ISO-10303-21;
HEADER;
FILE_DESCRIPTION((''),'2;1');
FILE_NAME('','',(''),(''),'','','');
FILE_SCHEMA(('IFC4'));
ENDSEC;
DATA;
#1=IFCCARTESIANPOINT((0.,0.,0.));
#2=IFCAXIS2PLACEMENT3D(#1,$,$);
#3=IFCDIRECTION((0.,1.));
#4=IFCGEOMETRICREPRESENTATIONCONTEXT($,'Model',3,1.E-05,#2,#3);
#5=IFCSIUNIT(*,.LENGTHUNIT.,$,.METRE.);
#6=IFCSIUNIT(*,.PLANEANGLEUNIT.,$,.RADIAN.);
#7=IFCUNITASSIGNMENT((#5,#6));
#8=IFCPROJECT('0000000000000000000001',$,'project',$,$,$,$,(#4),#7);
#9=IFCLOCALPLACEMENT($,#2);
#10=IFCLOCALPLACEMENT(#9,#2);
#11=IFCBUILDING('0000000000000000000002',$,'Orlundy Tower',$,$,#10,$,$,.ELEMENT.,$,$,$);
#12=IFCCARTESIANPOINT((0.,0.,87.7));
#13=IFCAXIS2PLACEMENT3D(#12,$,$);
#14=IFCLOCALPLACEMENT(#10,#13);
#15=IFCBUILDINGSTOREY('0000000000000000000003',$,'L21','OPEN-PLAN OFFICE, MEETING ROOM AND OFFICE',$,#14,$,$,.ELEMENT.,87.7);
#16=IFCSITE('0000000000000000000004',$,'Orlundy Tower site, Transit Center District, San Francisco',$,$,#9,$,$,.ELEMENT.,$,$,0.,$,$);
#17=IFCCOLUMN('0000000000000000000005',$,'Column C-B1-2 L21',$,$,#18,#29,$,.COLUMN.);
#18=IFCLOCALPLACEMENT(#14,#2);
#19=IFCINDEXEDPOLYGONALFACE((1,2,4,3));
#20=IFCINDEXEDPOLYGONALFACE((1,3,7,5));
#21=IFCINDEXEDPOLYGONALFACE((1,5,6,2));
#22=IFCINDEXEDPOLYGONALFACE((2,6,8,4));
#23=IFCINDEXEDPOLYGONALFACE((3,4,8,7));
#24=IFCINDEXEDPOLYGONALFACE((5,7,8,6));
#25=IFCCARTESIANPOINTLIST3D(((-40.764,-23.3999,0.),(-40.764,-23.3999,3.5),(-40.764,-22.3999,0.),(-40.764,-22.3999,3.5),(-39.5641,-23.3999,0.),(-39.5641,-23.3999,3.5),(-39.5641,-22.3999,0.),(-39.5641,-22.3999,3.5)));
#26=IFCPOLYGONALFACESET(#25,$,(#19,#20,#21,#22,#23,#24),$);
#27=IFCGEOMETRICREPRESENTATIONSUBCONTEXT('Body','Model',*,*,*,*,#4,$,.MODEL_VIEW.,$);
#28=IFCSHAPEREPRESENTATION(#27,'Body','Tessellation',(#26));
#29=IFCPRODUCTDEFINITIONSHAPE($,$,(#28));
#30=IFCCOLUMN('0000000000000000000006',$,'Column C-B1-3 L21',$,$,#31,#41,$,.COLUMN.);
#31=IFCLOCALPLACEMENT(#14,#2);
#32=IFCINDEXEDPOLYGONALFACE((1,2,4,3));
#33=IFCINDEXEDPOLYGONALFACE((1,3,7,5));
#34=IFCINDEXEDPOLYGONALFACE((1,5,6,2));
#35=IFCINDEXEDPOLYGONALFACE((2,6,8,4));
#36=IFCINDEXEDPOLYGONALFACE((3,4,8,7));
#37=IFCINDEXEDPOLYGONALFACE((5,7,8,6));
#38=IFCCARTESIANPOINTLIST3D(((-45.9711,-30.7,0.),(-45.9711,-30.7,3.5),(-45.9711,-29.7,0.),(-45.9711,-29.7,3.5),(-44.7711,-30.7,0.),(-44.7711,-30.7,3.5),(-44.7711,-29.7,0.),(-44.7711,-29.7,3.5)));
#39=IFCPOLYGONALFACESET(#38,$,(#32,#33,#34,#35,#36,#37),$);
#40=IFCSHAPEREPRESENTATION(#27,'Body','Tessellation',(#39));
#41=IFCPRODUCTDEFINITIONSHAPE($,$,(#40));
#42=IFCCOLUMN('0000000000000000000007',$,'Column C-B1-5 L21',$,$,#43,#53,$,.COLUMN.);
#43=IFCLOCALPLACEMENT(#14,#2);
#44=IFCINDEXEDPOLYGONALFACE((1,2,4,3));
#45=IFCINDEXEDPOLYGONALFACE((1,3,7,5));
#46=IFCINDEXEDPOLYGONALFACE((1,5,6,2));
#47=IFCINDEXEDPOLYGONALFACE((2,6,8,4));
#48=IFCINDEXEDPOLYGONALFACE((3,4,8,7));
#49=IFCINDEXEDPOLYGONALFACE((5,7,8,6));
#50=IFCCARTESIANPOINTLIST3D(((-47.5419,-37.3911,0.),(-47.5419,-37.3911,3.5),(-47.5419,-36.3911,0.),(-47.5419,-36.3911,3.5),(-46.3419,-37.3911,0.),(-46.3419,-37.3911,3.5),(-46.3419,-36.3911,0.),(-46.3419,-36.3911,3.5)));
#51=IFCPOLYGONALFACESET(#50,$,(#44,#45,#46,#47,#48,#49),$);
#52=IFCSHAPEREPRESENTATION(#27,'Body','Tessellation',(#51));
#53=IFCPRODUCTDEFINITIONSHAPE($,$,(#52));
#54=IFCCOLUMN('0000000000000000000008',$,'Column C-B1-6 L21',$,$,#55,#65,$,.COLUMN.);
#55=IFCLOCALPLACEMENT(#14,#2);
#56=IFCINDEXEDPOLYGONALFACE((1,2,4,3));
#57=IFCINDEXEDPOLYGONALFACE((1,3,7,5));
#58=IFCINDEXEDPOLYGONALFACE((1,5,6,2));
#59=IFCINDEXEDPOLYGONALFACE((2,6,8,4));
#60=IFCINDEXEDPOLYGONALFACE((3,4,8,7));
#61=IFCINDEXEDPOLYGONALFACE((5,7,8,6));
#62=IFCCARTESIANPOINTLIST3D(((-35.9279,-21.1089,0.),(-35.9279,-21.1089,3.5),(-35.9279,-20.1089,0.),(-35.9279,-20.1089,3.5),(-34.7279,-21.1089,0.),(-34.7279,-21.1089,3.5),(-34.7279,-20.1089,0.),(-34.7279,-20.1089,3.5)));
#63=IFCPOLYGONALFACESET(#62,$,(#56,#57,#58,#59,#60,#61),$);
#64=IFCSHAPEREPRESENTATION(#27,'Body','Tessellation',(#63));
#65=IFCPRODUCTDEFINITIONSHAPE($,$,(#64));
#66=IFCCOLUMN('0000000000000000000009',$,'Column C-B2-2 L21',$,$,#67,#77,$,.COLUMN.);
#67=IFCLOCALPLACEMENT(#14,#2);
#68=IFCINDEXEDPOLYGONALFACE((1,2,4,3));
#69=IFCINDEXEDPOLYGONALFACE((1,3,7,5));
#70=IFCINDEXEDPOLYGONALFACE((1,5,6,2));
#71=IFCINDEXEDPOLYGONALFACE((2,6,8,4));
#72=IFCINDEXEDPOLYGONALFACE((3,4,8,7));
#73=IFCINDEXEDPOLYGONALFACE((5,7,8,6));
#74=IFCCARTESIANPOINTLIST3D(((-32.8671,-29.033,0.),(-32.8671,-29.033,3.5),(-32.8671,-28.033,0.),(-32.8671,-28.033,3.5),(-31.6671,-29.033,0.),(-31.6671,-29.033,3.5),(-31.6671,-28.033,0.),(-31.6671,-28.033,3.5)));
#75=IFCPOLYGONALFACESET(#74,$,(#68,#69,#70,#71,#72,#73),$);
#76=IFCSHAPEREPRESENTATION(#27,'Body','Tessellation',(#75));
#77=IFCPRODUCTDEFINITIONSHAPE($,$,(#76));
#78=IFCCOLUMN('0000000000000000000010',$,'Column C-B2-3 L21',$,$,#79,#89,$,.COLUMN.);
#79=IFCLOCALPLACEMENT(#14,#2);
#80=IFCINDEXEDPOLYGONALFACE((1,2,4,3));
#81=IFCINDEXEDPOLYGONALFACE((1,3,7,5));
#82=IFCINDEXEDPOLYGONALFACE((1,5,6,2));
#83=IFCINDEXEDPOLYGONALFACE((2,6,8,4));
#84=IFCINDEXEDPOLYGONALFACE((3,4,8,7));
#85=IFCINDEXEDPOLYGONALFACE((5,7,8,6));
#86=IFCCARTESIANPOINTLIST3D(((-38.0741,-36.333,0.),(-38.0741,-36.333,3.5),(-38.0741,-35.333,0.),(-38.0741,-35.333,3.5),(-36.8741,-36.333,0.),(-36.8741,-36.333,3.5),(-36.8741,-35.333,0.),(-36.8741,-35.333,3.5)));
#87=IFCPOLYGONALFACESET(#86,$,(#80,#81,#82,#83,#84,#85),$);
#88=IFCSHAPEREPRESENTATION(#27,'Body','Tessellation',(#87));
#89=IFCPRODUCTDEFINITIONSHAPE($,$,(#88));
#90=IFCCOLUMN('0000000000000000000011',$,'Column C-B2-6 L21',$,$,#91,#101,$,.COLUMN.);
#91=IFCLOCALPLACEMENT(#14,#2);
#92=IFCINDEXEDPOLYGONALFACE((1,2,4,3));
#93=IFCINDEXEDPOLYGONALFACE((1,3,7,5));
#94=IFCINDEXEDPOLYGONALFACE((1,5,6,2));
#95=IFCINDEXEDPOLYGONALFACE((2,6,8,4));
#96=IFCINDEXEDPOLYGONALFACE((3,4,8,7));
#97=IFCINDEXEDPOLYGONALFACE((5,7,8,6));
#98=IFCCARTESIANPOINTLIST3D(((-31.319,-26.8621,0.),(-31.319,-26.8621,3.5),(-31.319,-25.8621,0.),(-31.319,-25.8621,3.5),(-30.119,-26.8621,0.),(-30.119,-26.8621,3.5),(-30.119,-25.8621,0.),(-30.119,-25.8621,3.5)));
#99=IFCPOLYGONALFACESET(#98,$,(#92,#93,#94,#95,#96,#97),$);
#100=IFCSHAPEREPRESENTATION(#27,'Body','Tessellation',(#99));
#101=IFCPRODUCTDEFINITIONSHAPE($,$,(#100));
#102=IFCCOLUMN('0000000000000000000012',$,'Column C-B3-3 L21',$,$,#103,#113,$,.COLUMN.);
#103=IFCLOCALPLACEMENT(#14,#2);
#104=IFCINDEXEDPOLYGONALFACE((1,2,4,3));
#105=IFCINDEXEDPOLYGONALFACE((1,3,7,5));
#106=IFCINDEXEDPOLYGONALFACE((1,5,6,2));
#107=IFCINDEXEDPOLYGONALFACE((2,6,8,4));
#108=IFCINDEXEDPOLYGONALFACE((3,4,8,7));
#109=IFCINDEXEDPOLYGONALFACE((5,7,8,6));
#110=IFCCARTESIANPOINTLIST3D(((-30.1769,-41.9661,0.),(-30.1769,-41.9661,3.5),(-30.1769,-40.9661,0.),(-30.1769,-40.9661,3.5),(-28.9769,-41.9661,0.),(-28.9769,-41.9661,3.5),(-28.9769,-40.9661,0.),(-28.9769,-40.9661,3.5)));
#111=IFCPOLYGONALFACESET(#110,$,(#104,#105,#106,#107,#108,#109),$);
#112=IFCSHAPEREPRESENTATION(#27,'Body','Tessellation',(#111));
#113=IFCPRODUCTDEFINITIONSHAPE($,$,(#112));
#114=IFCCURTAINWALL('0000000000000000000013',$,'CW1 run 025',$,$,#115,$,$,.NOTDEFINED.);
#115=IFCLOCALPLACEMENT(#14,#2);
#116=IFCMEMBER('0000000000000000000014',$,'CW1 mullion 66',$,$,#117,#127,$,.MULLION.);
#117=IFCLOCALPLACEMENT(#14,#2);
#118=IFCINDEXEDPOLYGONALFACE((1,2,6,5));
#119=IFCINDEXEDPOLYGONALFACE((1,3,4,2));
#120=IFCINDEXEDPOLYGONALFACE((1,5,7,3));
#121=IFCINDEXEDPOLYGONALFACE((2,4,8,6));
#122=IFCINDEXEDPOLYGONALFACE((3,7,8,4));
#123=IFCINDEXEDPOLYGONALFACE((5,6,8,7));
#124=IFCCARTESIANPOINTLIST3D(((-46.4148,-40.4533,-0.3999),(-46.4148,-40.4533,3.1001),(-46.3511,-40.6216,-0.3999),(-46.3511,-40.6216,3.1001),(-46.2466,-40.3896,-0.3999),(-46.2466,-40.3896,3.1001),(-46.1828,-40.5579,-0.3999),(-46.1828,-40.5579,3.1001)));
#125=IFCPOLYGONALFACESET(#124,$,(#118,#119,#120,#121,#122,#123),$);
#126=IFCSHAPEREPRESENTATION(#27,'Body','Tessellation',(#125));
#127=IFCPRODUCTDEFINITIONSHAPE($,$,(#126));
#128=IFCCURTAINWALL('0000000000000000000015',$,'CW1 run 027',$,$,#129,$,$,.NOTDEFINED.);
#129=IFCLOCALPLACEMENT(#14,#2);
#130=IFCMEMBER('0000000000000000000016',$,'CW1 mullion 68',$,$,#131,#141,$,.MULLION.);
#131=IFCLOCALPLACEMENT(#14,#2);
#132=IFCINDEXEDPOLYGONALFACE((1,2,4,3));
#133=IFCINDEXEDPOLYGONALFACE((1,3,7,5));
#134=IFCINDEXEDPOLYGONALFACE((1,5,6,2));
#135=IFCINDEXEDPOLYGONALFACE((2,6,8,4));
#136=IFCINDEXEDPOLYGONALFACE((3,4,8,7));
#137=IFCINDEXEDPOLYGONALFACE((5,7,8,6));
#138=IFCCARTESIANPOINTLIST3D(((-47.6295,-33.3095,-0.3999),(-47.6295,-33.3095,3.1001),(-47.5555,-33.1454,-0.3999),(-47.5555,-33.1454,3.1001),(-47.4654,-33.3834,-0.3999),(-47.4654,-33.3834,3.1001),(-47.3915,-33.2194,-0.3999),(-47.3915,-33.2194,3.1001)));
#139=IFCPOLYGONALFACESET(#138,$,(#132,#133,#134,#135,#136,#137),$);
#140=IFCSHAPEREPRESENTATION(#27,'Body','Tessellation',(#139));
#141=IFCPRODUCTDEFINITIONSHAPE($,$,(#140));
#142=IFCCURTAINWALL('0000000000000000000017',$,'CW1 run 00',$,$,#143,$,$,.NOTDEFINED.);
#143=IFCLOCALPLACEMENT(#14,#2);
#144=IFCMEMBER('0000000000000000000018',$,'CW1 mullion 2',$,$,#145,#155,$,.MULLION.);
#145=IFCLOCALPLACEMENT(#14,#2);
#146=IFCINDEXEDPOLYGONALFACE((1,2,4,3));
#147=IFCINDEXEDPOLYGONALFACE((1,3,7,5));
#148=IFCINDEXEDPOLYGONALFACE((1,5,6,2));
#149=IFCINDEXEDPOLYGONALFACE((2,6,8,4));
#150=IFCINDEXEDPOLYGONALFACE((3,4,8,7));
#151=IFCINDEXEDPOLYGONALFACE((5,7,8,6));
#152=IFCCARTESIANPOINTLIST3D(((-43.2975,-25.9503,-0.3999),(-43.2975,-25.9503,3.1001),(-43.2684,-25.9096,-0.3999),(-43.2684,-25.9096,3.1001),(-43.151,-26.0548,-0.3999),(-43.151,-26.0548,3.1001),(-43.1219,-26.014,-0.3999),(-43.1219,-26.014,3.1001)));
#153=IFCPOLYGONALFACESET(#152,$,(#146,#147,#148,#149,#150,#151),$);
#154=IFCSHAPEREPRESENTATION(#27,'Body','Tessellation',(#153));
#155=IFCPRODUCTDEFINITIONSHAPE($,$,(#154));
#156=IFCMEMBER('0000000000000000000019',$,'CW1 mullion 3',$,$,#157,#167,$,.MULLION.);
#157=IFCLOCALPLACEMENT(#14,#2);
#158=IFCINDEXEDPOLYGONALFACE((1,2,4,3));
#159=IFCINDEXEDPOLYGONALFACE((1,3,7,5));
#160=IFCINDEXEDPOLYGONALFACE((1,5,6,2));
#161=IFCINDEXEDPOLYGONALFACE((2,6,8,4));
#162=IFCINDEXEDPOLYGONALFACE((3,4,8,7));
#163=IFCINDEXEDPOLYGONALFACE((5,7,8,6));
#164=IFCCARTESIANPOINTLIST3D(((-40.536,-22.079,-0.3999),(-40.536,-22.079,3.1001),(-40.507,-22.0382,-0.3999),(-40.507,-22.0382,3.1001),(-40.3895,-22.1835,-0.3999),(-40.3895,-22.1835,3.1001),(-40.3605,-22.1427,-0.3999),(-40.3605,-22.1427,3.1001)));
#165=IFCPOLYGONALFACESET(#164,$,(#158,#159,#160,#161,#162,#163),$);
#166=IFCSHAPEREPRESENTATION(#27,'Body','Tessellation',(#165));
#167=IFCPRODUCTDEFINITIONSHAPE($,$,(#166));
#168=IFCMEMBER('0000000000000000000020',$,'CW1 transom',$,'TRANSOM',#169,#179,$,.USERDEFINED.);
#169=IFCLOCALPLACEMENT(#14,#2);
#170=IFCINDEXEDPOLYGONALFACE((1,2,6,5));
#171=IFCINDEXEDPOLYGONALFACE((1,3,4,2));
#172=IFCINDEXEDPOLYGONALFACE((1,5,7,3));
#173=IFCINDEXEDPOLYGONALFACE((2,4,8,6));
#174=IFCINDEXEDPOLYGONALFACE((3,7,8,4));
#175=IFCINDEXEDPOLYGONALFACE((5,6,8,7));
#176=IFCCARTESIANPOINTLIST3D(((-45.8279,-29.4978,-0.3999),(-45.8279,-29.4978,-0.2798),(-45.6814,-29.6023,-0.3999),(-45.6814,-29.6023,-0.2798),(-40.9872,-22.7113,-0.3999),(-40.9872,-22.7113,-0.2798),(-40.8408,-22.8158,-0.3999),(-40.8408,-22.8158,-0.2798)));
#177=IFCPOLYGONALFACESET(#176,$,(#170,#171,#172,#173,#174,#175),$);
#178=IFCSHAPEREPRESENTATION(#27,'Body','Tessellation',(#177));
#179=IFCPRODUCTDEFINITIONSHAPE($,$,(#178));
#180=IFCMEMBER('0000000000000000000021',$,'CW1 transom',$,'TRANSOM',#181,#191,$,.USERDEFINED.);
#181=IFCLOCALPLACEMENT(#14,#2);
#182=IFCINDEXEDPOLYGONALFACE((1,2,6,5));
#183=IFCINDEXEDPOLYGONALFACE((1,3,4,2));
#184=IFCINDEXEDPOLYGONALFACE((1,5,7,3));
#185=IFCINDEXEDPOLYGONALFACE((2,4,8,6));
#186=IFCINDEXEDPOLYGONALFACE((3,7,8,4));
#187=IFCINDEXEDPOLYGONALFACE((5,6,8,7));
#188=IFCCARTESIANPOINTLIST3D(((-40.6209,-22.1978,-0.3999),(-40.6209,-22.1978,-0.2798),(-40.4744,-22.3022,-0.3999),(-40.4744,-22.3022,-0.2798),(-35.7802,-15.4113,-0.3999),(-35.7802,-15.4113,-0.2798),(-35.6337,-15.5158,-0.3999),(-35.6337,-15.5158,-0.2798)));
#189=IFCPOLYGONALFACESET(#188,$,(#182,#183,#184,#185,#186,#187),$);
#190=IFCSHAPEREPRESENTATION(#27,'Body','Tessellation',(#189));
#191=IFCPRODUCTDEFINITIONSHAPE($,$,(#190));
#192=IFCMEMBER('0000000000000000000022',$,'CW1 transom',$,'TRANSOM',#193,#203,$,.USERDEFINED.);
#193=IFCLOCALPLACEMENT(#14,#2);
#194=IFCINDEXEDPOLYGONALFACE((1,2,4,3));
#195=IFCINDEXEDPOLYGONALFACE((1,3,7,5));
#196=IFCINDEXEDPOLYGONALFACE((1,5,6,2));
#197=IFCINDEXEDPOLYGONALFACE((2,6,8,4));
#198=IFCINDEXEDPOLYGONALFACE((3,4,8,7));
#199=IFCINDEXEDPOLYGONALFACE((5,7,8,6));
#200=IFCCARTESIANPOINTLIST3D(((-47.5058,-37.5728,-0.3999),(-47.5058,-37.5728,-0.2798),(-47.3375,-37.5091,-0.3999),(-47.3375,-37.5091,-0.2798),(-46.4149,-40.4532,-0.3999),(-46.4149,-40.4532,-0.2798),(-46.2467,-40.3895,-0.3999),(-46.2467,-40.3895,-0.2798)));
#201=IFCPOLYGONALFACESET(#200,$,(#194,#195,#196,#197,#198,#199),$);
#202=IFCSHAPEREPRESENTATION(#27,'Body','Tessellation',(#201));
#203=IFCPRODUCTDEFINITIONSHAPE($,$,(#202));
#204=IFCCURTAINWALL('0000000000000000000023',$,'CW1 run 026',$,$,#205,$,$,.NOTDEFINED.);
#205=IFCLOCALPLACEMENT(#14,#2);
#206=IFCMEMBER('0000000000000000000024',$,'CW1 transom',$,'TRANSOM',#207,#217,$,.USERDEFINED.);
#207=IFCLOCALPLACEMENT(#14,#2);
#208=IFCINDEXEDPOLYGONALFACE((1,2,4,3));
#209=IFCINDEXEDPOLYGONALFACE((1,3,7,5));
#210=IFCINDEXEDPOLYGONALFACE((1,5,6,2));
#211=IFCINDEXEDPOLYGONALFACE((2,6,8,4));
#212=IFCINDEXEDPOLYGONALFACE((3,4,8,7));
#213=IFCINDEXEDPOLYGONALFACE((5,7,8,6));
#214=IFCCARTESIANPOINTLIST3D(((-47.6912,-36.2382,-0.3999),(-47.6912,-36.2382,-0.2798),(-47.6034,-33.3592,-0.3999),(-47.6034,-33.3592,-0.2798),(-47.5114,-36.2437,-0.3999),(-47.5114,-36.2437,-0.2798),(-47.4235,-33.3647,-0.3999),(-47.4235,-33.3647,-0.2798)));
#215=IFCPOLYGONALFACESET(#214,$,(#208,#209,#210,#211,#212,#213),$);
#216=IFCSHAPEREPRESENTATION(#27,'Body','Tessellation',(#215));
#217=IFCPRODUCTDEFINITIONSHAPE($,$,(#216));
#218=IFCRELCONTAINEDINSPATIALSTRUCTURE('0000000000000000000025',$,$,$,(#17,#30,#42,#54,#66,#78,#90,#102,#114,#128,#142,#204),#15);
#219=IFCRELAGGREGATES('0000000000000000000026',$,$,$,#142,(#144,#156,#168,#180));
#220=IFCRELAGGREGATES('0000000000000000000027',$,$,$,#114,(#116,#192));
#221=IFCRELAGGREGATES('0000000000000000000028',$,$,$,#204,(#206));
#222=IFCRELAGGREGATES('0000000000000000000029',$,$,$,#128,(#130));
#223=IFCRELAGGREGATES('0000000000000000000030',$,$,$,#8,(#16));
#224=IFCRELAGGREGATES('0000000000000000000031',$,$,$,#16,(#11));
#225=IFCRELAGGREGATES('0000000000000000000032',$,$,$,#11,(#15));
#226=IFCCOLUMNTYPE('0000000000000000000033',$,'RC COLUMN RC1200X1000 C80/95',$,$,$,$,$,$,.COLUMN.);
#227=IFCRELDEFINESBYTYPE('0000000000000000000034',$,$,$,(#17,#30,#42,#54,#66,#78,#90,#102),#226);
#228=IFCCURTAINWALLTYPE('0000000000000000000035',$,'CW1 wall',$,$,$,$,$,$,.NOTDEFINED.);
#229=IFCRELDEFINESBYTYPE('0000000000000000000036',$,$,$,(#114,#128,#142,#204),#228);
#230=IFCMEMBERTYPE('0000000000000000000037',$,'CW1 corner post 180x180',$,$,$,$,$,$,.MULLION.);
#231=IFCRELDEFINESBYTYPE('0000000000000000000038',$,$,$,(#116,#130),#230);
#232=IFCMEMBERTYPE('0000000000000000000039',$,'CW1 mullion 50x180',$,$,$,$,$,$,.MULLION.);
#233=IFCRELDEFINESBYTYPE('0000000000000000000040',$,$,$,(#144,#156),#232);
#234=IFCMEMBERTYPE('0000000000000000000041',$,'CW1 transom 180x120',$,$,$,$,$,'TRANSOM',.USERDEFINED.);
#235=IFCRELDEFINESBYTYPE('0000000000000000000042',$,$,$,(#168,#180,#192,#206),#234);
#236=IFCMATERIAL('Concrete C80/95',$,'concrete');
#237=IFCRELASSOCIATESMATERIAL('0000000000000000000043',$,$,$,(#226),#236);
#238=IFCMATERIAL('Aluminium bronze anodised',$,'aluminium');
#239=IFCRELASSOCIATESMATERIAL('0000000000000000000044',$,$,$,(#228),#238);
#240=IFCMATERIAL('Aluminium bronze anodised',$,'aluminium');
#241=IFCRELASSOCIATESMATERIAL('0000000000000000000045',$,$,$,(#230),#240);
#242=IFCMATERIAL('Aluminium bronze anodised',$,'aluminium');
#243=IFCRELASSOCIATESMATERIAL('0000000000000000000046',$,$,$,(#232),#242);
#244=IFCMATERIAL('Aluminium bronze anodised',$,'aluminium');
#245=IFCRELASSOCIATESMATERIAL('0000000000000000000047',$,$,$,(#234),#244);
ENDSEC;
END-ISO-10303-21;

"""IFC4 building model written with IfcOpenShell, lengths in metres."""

from ifc_helpers import new_model, si_unit, direction, frame, origin, origin_2d, place, context, subcontext, project, spatial, rectangle, extrude, material, material_profile, profile_set, type_object, element, aggregate, save


model = new_model("IFC4")

# Units and contexts
model_context = context("Model", 3, precision=1e-05, world=origin(), true_north=direction((0.0, 1.0)))
body_context = subcontext(model_context, "Body", "Model", "MODEL_VIEW")
ifc_project = project(units=[si_unit("LENGTHUNIT", "METRE"), si_unit("PLANEANGLEUNIT", "RADIAN")], contexts=[model_context])

# Site, building, storey
site_placement = place(None, origin())
site = spatial("IfcSite", under=ifc_project, at=site_placement, Name="Orlundy Tower site, Transit Center District, San Francisco", CompositionType="ELEMENT", RefElevation=0.0)
building_placement = place(site_placement, origin())
building = spatial("IfcBuilding", under=site, at=building_placement, Name="Orlundy Tower", CompositionType="ELEMENT")
storey_placement = place(building_placement, frame((0.0, 0.0, 87.7)))
storey = spatial("IfcBuildingStorey", under=building, at=storey_placement, Name="L21", Description="OPEN-PLAN OFFICE, MEETING ROOM AND OFFICE", CompositionType="ELEMENT", Elevation=87.7)

# Columns
ifc_material_1 = material(Name="Concrete C80/95", Category="concrete")
ifc_material_profile_1 = material_profile(ifc_material_1, rectangle(XDim=1.2, YDim=1.0, at=origin_2d()), Name="RC1200X1000")
ifc_profile_set_1 = profile_set([ifc_material_profile_1], Name="Concrete C80/95")
column_type = type_object("IfcColumnType", Name="RC COLUMN RC1200X1000 C80/95", PredefinedType="COLUMN", material=ifc_profile_set_1)
for number, where, z_axis, x_axis, name in (
    (1, (-40.1641, -22.8999, 0.0), (0.0, 0.0, 1.0), (1.0, 0.0, 0.0), "Column C-B1-2 L21"),
    (2, (-45.3711, -30.2, 0.0), (0.0, 0.0, 1.0), (1.0, 0.0, 0.0), "Column C-B1-3 L21"),
    (3, (-46.9419, -36.8911, 0.0), (0.0, 0.0, 1.0), (1.0, 0.0, 0.0), "Column C-B1-5 L21"),
    (4, (-35.3279, -20.6089, 0.0), (0.0, 0.0, 1.0), (1.0, 0.0, 0.0), "Column C-B1-6 L21"),
    (5, (-32.2671, -28.533, 0.0), (0.0, 0.0, 1.0), (1.0, 0.0, 0.0), "Column C-B2-2 L21"),
    (6, (-37.4741, -35.833, 0.0), (0.0, 0.0, 1.0), (1.0, 0.0, 0.0), "Column C-B2-3 L21"),
    (7, (-30.719, -26.3621, 0.0), (0.0, 0.0, 1.0), (1.0, 0.0, 0.0), "Column C-B2-6 L21"),
    (8, (-29.5769, -41.4661, 0.0), (0.0, 0.0, 1.0), (1.0, 0.0, 0.0), "Column C-B3-3 L21"),
):
    element("IfcColumn", number, at=place(storey_placement, frame(where, z_axis=z_axis, x_axis=x_axis)), inside=storey, type_object=column_type, Name=name, PredefinedType="COLUMN", context=body_context, shape_type="SweptSolid", body=[
        extrude(rectangle(XDim=1.2, YDim=1.0, at=origin_2d()), origin(), (0.0, 0.0, 1.0), 3.5),
    ])

# Curtain walls, members
ifc_material_2 = material(Name="Aluminium bronze anodised", Category="aluminium")
curtain_wall_type = type_object("IfcCurtainWallType", Name="CW1 wall", PredefinedType="NOTDEFINED", material=ifc_material_2)
curtain_wall_1_placement = place(storey_placement, origin())
curtain_wall_1 = element("IfcCurtainWall", 9, at=curtain_wall_1_placement, inside=storey, type_object=curtain_wall_type, Name="CW1 run 025", PredefinedType="NOTDEFINED")
ifc_material_3 = material(Name="Aluminium bronze anodised", Category="aluminium")
ifc_material_profile_2 = material_profile(ifc_material_3, rectangle(XDim=0.1799, YDim=0.1799, at=origin_2d()), Name="CW1 corner post 180x180")
ifc_profile_set_2 = profile_set([ifc_material_profile_2], Name="Aluminium bronze anodised")
member_type_1 = type_object("IfcMemberType", Name="CW1 corner post 180x180", PredefinedType="MULLION", material=ifc_profile_set_2)
member_1_placement = place(storey_placement, frame((-46.2988, -40.5056, -0.3999), z_axis=(0.0, 0.0, 1.0), x_axis=(-0.935182, -0.354166, 0.0)))
member_1 = element("IfcMember", 10, at=member_1_placement, type_object=member_type_1, Name="CW1 mullion 66", PredefinedType="MULLION", context=body_context, shape_type="SweptSolid", body=[
    extrude(rectangle(XDim=0.1799, YDim=0.1799, at=origin_2d()), origin(), (0.0, 0.0, 1.0), 3.5),
])
curtain_wall_2_placement = place(storey_placement, origin())
curtain_wall_2 = element("IfcCurtainWall", 11, at=curtain_wall_2_placement, inside=storey, type_object=curtain_wall_type, Name="CW1 run 027", PredefinedType="NOTDEFINED")
member_2_placement = place(storey_placement, frame((-47.5105, -33.2644, -0.3999), z_axis=(0.0, 0.0, 1.0), x_axis=(-0.911674, 0.410914, 0.0)))
member_2 = element("IfcMember", 12, at=member_2_placement, type_object=member_type_1, Name="CW1 mullion 68", PredefinedType="MULLION", context=body_context, shape_type="SweptSolid", body=[
    extrude(rectangle(XDim=0.1799, YDim=0.1799, at=origin_2d()), origin(), (0.0, 0.0, 1.0), 3.5),
])

# Curtain wall, members
curtain_wall_3_placement = place(storey_placement, origin())
curtain_wall_3 = element("IfcCurtainWall", 13, at=curtain_wall_3_placement, inside=storey, type_object=curtain_wall_type, Name="CW1 run 00", PredefinedType="NOTDEFINED")
ifc_material_4 = material(Name="Aluminium bronze anodised", Category="aluminium")
ifc_material_profile_3 = material_profile(ifc_material_4, rectangle(XDim=0.1799, YDim=0.05, at=origin_2d()), Name="CW1 mullion 50x180")
ifc_profile_set_3 = profile_set([ifc_material_profile_3], Name="Aluminium bronze anodised")
member_type_2 = type_object("IfcMemberType", Name="CW1 mullion 50x180", PredefinedType="MULLION", material=ifc_profile_set_3)
member_3_placement = place(storey_placement, frame((-43.2097, -25.9822, -0.3999), z_axis=(0.0, 0.0, 1.0), x_axis=(-0.814117, 0.580701, 0.0)))
member_3 = element("IfcMember", 14, at=member_3_placement, type_object=member_type_2, Name="CW1 mullion 2", PredefinedType="MULLION", context=body_context, shape_type="SweptSolid", body=[
    extrude(rectangle(XDim=0.1799, YDim=0.05, at=origin_2d()), origin(), (0.0, 0.0, 1.0), 3.5),
])
member_4_placement = place(storey_placement, frame((-40.4482, -22.1108, -0.3999), z_axis=(0.0, 0.0, 1.0), x_axis=(-0.814117, 0.580701, 0.0)))
member_4 = element("IfcMember", 15, at=member_4_placement, type_object=member_type_2, Name="CW1 mullion 3", PredefinedType="MULLION", context=body_context, shape_type="SweptSolid", body=[
    extrude(rectangle(XDim=0.1799, YDim=0.05, at=origin_2d()), origin(), (0.0, 0.0, 1.0), 3.5),
])
ifc_material_5 = material(Name="Aluminium bronze anodised", Category="aluminium")
ifc_material_profile_4 = material_profile(ifc_material_5, rectangle(XDim=0.1799, YDim=0.1201, at=origin_2d()), Name="CW1 transom 180x120")
ifc_profile_set_4 = profile_set([ifc_material_profile_4], Name="Aluminium bronze anodised")
member_type_3 = type_object("IfcMemberType", Name="CW1 transom 180x120", ElementType="TRANSOM", PredefinedType="USERDEFINED", material=ifc_profile_set_4)
member_5_placement = place(storey_placement, frame((-45.7546, -29.55, -0.3398), z_axis=(0.580695, 0.814121, 0.0), x_axis=(-0.814121, 0.580695, 0.0)))
member_5 = element("IfcMember", 16, at=member_5_placement, type_object=member_type_3, Name="CW1 transom", ObjectType="TRANSOM", PredefinedType="USERDEFINED", context=body_context, shape_type="SweptSolid", body=[
    extrude(rectangle(XDim=0.1799, YDim=0.1201, at=origin_2d()), origin(), (0.0, 0.0, 1.0), 8.3359),
])
member_6_placement = place(storey_placement, frame((-40.5476, -22.25, -0.3398), z_axis=(0.580695, 0.814121, 0.0), x_axis=(-0.814121, 0.580695, 0.0)))
member_6 = element("IfcMember", 17, at=member_6_placement, type_object=member_type_3, Name="CW1 transom", ObjectType="TRANSOM", PredefinedType="USERDEFINED", context=body_context, shape_type="SweptSolid", body=[
    extrude(rectangle(XDim=0.1799, YDim=0.1201, at=origin_2d()), origin(), (0.0, 0.0, 1.0), 8.3359),
])

# Member
member_7_placement = place(storey_placement, frame((-46.3308, -40.4214, -0.3398), z_axis=(-0.354162, 0.935184, 0.0), x_axis=(-0.935184, -0.354162, 0.0)))
member_7 = element("IfcMember", 18, at=member_7_placement, type_object=member_type_3, Name="CW1 transom", ObjectType="TRANSOM", PredefinedType="USERDEFINED", context=body_context, shape_type="SweptSolid", body=[
    extrude(rectangle(XDim=0.1799, YDim=0.1201, at=origin_2d()), origin(), (0.0, 0.0, 1.0), 3.0801),
])

# Curtain wall, member
curtain_wall_4_placement = place(storey_placement, origin())
curtain_wall_4 = element("IfcCurtainWall", 19, at=curtain_wall_4_placement, inside=storey, type_object=curtain_wall_type, Name="CW1 run 026", PredefinedType="NOTDEFINED")
member_8_placement = place(storey_placement, frame((-47.6013, -36.241, -0.3398), z_axis=(0.030512, 0.999534, 0.0), x_axis=(-0.999534, 0.030512, 0.0)))
member_8 = element("IfcMember", 20, at=member_8_placement, type_object=member_type_3, Name="CW1 transom", ObjectType="TRANSOM", PredefinedType="USERDEFINED", context=body_context, shape_type="SweptSolid", body=[
    extrude(rectangle(XDim=0.1799, YDim=0.1201, at=origin_2d()), origin(), (0.0, 0.0, 1.0), 2.8804),
])

aggregate(curtain_wall_3, [member_3, member_4, member_5, member_6])
aggregate(curtain_wall_1, [member_1, member_7])
aggregate(curtain_wall_4, [member_8])
aggregate(curtain_wall_2, [member_2])

save(model, "model.ifc")
